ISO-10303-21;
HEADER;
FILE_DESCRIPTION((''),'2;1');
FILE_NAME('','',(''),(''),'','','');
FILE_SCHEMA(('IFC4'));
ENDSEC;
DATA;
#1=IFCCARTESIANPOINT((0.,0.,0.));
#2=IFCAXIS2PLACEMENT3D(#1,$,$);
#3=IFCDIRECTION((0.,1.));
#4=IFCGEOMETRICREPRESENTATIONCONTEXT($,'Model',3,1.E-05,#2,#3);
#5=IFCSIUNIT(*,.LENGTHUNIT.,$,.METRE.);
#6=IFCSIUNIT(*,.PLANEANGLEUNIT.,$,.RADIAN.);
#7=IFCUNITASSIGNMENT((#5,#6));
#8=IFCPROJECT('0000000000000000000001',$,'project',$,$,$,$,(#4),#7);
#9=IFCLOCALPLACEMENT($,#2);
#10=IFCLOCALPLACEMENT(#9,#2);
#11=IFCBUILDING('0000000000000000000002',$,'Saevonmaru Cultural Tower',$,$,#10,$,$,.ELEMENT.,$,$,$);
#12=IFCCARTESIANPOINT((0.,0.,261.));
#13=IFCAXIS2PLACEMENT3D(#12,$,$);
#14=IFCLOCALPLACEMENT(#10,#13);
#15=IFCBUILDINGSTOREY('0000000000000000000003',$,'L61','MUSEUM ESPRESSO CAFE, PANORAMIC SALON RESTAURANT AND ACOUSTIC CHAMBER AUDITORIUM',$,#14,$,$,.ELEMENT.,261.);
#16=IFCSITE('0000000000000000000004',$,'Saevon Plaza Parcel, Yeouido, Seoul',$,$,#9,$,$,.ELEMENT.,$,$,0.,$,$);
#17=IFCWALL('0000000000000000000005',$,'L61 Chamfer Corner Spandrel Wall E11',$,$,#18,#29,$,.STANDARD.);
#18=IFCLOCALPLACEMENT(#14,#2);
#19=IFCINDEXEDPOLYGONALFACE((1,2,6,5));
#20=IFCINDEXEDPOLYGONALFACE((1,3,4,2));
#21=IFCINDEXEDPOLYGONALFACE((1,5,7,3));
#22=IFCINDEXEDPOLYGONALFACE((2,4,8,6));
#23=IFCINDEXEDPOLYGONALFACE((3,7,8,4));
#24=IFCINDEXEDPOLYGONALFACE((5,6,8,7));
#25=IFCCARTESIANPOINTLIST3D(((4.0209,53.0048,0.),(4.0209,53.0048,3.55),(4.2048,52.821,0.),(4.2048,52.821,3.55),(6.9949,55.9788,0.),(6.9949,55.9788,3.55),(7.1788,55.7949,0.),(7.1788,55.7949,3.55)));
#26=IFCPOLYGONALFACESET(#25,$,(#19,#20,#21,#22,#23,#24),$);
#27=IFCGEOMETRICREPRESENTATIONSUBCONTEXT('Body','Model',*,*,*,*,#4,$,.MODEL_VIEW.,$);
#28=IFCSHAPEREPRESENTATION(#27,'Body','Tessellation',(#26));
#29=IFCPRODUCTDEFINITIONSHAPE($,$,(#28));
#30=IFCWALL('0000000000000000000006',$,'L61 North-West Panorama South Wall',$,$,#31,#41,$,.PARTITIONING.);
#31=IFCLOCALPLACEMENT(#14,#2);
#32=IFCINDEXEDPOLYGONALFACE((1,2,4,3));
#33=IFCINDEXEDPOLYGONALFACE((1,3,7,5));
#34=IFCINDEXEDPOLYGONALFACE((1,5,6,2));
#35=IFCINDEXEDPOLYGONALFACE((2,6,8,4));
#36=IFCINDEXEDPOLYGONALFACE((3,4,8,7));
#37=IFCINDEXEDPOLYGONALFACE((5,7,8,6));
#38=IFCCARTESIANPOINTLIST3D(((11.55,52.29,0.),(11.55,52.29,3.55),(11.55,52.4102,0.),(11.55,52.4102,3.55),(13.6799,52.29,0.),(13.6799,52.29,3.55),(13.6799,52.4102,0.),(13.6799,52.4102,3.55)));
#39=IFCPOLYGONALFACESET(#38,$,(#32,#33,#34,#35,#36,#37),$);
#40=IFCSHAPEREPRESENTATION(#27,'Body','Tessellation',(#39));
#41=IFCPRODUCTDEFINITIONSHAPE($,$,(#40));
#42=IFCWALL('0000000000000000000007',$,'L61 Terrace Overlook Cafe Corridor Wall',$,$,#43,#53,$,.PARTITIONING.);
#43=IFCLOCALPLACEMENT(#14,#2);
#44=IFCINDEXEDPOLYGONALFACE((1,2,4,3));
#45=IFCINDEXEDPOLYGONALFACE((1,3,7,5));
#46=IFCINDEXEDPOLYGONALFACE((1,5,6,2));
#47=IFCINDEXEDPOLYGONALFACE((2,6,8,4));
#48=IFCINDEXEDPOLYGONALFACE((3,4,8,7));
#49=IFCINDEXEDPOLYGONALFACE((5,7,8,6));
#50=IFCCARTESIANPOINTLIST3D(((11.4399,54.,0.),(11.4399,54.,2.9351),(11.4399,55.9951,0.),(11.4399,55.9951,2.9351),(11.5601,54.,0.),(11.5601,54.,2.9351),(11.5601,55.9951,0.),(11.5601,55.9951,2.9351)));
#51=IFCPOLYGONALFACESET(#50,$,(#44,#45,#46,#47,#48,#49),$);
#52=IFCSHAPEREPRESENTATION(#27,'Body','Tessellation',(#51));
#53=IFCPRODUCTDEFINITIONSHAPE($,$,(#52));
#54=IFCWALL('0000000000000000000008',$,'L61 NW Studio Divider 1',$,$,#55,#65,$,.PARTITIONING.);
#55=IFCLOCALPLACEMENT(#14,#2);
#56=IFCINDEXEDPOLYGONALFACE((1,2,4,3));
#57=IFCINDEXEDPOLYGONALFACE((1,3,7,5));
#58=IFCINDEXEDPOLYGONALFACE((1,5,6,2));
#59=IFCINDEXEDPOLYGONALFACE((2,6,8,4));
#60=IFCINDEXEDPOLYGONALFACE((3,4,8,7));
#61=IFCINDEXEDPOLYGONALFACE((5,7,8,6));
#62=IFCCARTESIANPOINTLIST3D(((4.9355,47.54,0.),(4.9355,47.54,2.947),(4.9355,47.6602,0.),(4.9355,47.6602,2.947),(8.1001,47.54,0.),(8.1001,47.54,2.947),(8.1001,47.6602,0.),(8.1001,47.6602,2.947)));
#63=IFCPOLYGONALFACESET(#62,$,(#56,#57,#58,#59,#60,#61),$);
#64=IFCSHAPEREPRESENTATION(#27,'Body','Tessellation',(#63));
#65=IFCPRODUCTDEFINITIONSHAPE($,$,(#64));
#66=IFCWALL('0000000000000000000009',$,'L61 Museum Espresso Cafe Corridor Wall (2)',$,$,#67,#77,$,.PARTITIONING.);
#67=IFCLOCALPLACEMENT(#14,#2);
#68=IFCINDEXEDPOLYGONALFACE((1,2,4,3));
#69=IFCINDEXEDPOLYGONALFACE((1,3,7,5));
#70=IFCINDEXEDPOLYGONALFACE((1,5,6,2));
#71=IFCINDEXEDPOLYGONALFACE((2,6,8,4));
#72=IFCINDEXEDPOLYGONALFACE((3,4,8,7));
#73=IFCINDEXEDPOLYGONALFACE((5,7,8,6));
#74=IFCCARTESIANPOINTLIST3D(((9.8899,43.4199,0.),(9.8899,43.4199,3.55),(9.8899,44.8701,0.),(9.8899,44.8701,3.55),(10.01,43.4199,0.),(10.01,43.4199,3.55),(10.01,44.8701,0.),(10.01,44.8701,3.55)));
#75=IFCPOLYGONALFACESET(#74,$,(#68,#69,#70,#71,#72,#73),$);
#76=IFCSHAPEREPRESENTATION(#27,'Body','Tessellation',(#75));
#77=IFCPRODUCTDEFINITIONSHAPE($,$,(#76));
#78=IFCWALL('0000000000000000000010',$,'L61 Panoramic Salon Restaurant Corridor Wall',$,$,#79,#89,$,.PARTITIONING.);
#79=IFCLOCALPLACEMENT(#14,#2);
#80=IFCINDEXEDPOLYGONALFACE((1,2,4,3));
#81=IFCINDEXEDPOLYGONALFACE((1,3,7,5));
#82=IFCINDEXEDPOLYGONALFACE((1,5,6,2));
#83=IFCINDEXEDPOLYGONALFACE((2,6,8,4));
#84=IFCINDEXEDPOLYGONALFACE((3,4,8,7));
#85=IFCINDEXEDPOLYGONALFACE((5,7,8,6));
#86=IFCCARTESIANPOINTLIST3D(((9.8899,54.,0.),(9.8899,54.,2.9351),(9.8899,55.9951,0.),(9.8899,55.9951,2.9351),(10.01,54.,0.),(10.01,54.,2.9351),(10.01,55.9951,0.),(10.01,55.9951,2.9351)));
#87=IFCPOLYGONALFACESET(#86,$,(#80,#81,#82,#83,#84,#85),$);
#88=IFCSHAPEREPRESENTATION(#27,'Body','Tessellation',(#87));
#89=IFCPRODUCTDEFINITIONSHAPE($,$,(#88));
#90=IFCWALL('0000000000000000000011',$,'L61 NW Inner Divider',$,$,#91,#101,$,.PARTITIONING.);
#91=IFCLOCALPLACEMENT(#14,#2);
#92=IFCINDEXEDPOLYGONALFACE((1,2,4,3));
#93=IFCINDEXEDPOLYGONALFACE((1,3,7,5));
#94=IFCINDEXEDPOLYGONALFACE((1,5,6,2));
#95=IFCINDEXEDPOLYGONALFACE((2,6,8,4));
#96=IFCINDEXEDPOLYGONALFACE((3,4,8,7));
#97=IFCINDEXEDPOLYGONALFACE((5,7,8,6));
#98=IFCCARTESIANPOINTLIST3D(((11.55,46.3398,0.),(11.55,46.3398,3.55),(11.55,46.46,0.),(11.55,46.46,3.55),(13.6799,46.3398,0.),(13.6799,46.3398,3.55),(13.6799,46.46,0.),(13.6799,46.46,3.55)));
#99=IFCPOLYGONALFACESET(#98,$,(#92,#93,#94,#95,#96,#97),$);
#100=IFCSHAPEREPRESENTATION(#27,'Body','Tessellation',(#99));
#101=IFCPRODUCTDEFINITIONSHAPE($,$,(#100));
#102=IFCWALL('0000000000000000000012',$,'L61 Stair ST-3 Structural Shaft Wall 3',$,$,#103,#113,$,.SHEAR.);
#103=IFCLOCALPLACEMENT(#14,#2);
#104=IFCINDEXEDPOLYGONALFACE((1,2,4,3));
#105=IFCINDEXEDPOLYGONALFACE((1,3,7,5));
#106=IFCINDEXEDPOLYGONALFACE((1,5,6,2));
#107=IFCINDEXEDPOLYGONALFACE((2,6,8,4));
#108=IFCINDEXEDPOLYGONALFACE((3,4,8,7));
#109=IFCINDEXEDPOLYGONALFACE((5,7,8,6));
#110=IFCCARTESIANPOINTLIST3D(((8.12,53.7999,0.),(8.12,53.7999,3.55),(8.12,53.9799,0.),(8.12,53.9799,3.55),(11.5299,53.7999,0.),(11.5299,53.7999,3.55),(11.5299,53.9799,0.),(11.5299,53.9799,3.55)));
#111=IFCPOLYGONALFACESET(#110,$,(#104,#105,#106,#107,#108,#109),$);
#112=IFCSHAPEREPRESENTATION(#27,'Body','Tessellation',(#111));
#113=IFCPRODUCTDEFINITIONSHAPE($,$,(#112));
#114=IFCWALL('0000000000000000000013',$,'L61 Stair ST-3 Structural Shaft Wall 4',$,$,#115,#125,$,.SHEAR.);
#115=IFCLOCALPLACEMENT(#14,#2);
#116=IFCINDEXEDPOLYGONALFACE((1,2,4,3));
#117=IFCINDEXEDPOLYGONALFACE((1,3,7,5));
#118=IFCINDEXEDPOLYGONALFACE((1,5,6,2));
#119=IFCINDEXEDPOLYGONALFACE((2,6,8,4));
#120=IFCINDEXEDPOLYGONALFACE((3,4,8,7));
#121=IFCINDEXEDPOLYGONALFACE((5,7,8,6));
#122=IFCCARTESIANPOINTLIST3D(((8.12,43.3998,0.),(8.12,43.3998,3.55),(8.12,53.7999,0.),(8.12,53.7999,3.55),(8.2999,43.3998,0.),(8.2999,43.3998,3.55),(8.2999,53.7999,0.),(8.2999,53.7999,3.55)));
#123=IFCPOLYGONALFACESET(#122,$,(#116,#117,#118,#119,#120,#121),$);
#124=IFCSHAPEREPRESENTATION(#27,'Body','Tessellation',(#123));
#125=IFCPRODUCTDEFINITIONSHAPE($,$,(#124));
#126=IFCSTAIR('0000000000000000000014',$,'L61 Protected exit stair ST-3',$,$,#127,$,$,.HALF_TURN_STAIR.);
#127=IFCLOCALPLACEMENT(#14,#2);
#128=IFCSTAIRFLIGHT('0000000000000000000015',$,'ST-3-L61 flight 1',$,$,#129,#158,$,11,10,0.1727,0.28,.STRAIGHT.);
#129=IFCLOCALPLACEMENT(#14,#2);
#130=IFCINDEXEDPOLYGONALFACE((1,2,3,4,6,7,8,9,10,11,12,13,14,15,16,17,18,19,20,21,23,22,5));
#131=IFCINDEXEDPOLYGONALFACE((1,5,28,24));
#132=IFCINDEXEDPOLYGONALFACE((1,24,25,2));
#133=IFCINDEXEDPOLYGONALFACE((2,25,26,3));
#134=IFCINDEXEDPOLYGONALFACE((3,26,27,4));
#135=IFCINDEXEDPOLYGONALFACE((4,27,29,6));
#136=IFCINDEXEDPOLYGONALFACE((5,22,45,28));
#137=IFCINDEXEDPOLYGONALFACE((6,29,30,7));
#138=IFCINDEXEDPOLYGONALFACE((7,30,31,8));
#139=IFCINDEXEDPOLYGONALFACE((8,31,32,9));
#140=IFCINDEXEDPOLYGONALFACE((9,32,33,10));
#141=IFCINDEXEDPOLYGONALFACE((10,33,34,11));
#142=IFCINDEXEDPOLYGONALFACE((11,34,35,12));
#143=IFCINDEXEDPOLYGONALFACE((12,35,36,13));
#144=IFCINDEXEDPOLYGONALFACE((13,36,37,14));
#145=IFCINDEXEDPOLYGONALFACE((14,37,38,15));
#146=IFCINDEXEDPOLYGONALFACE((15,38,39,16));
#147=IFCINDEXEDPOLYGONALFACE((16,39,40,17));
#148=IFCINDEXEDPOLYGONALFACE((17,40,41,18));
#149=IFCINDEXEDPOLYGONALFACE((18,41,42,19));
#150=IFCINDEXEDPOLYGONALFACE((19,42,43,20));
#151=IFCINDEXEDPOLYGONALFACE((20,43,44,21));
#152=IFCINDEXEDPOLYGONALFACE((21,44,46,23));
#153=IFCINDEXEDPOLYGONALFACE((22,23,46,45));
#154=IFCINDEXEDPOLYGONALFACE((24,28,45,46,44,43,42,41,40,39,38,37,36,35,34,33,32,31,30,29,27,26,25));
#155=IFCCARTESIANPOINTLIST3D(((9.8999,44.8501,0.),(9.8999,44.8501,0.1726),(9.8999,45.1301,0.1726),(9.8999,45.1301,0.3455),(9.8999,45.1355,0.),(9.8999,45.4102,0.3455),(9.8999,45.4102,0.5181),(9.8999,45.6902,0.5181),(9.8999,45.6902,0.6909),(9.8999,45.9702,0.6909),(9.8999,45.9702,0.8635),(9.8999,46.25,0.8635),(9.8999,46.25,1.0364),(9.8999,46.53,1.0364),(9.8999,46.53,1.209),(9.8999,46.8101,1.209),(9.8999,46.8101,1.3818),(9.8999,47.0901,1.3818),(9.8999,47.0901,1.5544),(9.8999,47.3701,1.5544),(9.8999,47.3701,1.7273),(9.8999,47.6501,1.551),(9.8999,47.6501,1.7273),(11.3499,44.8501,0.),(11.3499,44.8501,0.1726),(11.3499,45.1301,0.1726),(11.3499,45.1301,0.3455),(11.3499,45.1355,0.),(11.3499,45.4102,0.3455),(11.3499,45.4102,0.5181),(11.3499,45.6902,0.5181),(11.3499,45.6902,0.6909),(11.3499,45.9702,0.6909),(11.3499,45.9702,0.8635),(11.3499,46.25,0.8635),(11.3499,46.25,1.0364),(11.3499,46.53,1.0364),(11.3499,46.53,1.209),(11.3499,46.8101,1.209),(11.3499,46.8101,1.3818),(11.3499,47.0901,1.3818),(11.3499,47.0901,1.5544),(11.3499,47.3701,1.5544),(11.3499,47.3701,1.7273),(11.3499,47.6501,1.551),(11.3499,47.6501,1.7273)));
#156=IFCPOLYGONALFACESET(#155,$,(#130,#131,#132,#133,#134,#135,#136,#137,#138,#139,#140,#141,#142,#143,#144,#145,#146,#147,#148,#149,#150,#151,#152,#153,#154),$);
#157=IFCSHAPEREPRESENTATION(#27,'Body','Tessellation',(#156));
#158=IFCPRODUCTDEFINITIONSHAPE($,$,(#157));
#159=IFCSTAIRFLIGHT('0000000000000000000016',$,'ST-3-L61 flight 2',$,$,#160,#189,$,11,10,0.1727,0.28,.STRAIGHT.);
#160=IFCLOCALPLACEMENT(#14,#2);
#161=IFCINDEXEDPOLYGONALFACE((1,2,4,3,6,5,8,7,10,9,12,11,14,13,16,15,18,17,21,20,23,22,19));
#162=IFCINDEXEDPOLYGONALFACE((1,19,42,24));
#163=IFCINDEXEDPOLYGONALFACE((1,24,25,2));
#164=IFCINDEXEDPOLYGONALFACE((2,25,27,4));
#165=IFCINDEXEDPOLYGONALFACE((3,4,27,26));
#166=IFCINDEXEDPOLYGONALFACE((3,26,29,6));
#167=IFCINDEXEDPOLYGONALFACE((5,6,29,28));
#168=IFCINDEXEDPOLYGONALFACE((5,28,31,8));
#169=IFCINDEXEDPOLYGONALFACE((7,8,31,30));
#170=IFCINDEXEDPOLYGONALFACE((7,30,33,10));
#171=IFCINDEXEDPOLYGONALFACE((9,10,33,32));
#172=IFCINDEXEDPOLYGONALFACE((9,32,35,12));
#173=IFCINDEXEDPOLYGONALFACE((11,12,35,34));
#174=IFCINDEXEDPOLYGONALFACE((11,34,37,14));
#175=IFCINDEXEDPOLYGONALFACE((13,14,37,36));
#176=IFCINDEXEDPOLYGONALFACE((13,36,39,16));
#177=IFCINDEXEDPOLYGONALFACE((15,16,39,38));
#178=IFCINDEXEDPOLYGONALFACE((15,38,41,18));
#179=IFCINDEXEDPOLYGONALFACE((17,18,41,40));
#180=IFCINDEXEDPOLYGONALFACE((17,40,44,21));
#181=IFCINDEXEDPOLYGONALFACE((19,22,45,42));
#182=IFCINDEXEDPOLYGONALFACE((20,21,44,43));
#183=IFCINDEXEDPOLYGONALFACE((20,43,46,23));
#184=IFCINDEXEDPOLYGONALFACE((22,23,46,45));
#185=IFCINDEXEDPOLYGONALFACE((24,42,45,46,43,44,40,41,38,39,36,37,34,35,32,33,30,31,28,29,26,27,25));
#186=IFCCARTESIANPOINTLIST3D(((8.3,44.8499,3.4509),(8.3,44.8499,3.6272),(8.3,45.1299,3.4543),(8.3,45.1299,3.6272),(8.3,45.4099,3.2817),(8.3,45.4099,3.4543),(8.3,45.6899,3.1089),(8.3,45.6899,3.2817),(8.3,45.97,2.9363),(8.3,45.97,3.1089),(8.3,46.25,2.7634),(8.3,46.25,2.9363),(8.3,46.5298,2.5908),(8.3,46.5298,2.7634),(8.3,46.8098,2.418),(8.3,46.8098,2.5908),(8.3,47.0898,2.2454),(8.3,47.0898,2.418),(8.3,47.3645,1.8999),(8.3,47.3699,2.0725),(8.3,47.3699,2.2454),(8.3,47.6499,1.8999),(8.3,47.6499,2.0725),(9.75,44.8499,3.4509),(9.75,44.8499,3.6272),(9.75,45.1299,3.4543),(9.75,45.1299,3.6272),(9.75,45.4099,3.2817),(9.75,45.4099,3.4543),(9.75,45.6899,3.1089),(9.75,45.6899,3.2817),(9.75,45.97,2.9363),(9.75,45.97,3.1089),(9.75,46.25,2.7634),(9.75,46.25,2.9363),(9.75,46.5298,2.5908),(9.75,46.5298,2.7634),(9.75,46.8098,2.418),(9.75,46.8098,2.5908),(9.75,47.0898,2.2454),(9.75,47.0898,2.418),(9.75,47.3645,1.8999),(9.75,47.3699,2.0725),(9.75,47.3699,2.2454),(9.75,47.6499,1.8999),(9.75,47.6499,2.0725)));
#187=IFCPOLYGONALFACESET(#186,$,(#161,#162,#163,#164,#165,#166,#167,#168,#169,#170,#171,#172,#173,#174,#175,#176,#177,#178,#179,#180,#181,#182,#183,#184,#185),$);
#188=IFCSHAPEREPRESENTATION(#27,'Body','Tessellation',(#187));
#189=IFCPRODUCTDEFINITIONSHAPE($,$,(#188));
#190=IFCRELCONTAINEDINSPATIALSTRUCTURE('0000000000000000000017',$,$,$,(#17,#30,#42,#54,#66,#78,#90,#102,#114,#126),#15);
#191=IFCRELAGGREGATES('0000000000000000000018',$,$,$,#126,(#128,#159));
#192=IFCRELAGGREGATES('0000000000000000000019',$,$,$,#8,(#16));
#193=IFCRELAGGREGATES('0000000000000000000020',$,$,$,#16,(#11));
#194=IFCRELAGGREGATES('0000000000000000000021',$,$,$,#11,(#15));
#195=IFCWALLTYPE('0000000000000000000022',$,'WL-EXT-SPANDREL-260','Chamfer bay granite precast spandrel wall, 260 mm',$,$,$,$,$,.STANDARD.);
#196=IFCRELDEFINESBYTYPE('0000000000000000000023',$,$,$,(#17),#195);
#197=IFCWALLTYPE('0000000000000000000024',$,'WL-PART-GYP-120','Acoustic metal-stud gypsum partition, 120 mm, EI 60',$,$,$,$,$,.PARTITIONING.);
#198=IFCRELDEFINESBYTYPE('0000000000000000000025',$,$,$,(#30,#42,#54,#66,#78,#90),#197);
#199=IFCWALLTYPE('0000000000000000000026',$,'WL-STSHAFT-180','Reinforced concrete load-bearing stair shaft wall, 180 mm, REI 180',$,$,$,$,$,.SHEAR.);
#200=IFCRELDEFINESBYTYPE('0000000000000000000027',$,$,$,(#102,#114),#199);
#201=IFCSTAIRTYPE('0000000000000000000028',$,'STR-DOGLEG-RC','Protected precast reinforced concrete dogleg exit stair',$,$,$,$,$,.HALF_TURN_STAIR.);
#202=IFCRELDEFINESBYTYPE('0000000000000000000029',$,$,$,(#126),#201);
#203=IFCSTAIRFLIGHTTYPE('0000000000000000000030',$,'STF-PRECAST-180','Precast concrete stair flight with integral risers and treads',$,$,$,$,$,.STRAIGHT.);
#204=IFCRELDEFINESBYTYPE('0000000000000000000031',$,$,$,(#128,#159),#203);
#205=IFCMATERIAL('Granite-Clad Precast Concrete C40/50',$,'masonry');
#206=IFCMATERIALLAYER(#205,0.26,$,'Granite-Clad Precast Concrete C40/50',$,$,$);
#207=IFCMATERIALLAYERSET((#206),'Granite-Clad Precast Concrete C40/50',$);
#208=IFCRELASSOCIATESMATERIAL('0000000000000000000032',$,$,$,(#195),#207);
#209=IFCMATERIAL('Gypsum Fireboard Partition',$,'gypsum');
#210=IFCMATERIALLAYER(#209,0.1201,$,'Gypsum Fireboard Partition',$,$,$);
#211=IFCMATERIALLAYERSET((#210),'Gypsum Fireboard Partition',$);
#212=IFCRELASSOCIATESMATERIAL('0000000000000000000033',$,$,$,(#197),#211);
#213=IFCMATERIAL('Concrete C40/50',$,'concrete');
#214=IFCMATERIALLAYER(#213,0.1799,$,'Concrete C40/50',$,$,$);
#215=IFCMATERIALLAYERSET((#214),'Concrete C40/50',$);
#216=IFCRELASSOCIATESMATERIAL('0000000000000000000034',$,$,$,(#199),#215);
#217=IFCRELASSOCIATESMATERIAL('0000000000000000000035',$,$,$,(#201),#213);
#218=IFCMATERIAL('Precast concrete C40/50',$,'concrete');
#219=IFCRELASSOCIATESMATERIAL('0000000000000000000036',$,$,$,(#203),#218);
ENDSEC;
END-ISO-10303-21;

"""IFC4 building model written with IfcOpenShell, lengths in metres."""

from ifc_helpers import new_model, si_unit, direction, frame, frame_2d, origin, place, context, subcontext, project, spatial, polyline, rectangle, outline, extrude, material, layer, layer_set, type_object, element, aggregate, save


model = new_model("IFC4")

# Units and contexts
model_context = context("Model", 3, precision=1e-05, world=origin(), true_north=direction((0.0, 1.0)))
body_context = subcontext(model_context, "Body", "Model", "MODEL_VIEW")
ifc_project = project(units=[si_unit("LENGTHUNIT", "METRE"), si_unit("PLANEANGLEUNIT", "RADIAN")], contexts=[model_context])

# Site, building, storey
site_placement = place(None, origin())
site = spatial("IfcSite", under=ifc_project, at=site_placement, Name="Saevon Plaza Parcel, Yeouido, Seoul", CompositionType="ELEMENT", RefElevation=0.0)
building_placement = place(site_placement, origin())
building = spatial("IfcBuilding", under=site, at=building_placement, Name="Saevonmaru Cultural Tower", CompositionType="ELEMENT")
storey_placement = place(building_placement, frame((0.0, 0.0, 261.0)))
storey = spatial("IfcBuildingStorey", under=building, at=storey_placement, Name="L61", Description="MUSEUM ESPRESSO CAFE, PANORAMIC SALON RESTAURANT AND ACOUSTIC CHAMBER AUDITORIUM", CompositionType="ELEMENT", Elevation=261.0)

# Walls
ifc_material_1 = material(Name="Granite-Clad Precast Concrete C40/50", Category="masonry")
ifc_layer_1 = layer(ifc_material_1, 0.26, Name="Granite-Clad Precast Concrete C40/50")
ifc_layer_set_1 = layer_set([ifc_layer_1], Name="Granite-Clad Precast Concrete C40/50")
wall_type_1 = type_object("IfcWallType", Name="WL-EXT-SPANDREL-260", Description="Chamfer bay granite precast spandrel wall, 260 mm", PredefinedType="STANDARD", material=ifc_layer_set_1)
wall_1_placement = place(storey_placement, frame((7.0869, 55.887, 0.0), z_axis=(0.0, 0.0, 1.0), x_axis=(-0.707107, -0.707107, 0.0)))
element("IfcWall", 1, at=wall_1_placement, inside=storey, type_object=wall_type_1, Name="L61 Chamfer Corner Spandrel Wall E11", PredefinedType="STANDARD", context=body_context, shape_type="SweptSolid", body=[
    extrude(rectangle(XDim=4.2058, YDim=0.26, at=frame_2d((2.103, 0.0))), origin(), (0.0, 0.0, 1.0), 3.55),
])
ifc_material_2 = material(Name="Gypsum Fireboard Partition", Category="gypsum")
ifc_layer_2 = layer(ifc_material_2, 0.1201, Name="Gypsum Fireboard Partition")
ifc_layer_set_2 = layer_set([ifc_layer_2], Name="Gypsum Fireboard Partition")
wall_type_2 = type_object("IfcWallType", Name="WL-PART-GYP-120", Description="Acoustic metal-stud gypsum partition, 120 mm, EI 60", PredefinedType="PARTITIONING", material=ifc_layer_set_2)
wall_2_placement = place(storey_placement, frame((11.55, 52.3501, 0.0), z_axis=(0.0, 0.0, 1.0), x_axis=(1.0, 0.0, 0.0)))
element("IfcWall", 2, at=wall_2_placement, inside=storey, type_object=wall_type_2, Name="L61 North-West Panorama South Wall", PredefinedType="PARTITIONING", context=body_context, shape_type="SweptSolid", body=[
    extrude(rectangle(XDim=2.1299, YDim=0.1201, at=frame_2d((1.0649, 0.0))), origin(), (0.0, 0.0, 1.0), 3.55),
])
wall_3_placement = place(storey_placement, frame((11.5, 54.0, 0.0), z_axis=(0.0, 0.0, 1.0), x_axis=(0.0, 1.0, 0.0)))
element("IfcWall", 3, at=wall_3_placement, inside=storey, type_object=wall_type_2, Name="L61 Terrace Overlook Cafe Corridor Wall", PredefinedType="PARTITIONING", context=body_context, shape_type="SweptSolid", body=[
    extrude(rectangle(XDim=1.9951, YDim=0.1201, at=frame_2d((0.9976, 0.0))), origin(), (0.0, 0.0, 1.0), 2.9351),
])
wall_4_placement = place(storey_placement, frame((4.9355, 47.6001, 0.0), z_axis=(0.0, 0.0, 1.0), x_axis=(1.0, 0.0, 0.0)))
element("IfcWall", 4, at=wall_4_placement, inside=storey, type_object=wall_type_2, Name="L61 NW Studio Divider 1", PredefinedType="PARTITIONING", context=body_context, shape_type="SweptSolid", body=[
    extrude(rectangle(XDim=3.1646, YDim=0.1201, at=frame_2d((1.5823, 0.0))), origin(), (0.0, 0.0, 1.0), 2.947),
])
wall_5_placement = place(storey_placement, frame((9.95, 43.4199, 0.0), z_axis=(0.0, 0.0, 1.0), x_axis=(0.0, 1.0, 0.0)))
element("IfcWall", 5, at=wall_5_placement, inside=storey, type_object=wall_type_2, Name="L61 Museum Espresso Cafe Corridor Wall (2)", PredefinedType="PARTITIONING", context=body_context, shape_type="SweptSolid", body=[
    extrude(rectangle(XDim=1.4502, YDim=0.1201, at=frame_2d((0.7251, 0.0))), origin(), (0.0, 0.0, 1.0), 3.55),
])
wall_6_placement = place(storey_placement, frame((9.95, 54.0, 0.0), z_axis=(0.0, 0.0, 1.0), x_axis=(0.0, 1.0, 0.0)))
element("IfcWall", 6, at=wall_6_placement, inside=storey, type_object=wall_type_2, Name="L61 Panoramic Salon Restaurant Corridor Wall", PredefinedType="PARTITIONING", context=body_context, shape_type="SweptSolid", body=[
    extrude(rectangle(XDim=1.9951, YDim=0.1201, at=frame_2d((0.9976, 0.0))), origin(), (0.0, 0.0, 1.0), 2.9351),
])
wall_7_placement = place(storey_placement, frame((11.55, 46.3999, 0.0), z_axis=(0.0, 0.0, 1.0), x_axis=(1.0, 0.0, 0.0)))
element("IfcWall", 7, at=wall_7_placement, inside=storey, type_object=wall_type_2, Name="L61 NW Inner Divider", PredefinedType="PARTITIONING", context=body_context, shape_type="SweptSolid", body=[
    extrude(rectangle(XDim=2.1299, YDim=0.1201, at=frame_2d((1.0649, 0.0))), origin(), (0.0, 0.0, 1.0), 3.55),
])
ifc_material_3 = material(Name="Concrete C40/50", Category="concrete")
ifc_layer_3 = layer(ifc_material_3, 0.1799, Name="Concrete C40/50")
ifc_layer_set_3 = layer_set([ifc_layer_3], Name="Concrete C40/50")
wall_type_3 = type_object("IfcWallType", Name="WL-STSHAFT-180", Description="Reinforced concrete load-bearing stair shaft wall, 180 mm, REI 180", PredefinedType="SHEAR", material=ifc_layer_set_3)
wall_8_placement = place(storey_placement, frame((11.53, 53.8899, 0.0), z_axis=(0.0, 0.0, 1.0), x_axis=(-1.0, 0.0, 0.0)))
element("IfcWall", 8, at=wall_8_placement, inside=storey, type_object=wall_type_3, Name="L61 Stair ST-3 Structural Shaft Wall 3", PredefinedType="SHEAR", context=body_context, shape_type="SweptSolid", body=[
    extrude(rectangle(XDim=3.4099, YDim=0.1799, at=frame_2d((1.7051, 0.0))), origin(), (0.0, 0.0, 1.0), 3.55),
])
wall_9_placement = place(storey_placement, frame((8.21, 53.8, 0.0), z_axis=(0.0, 0.0, 1.0), x_axis=(0.0, -1.0, 0.0)))
element("IfcWall", 9, at=wall_9_placement, inside=storey, type_object=wall_type_3, Name="L61 Stair ST-3 Structural Shaft Wall 4", PredefinedType="SHEAR", context=body_context, shape_type="SweptSolid", body=[
    extrude(rectangle(XDim=10.4001, YDim=0.1799, at=frame_2d((5.2002, 0.0))), origin(), (0.0, 0.0, 1.0), 3.55),
])

# Stair, stair flights
stair_type = type_object("IfcStairType", Name="STR-DOGLEG-RC", Description="Protected precast reinforced concrete dogleg exit stair", PredefinedType="HALF_TURN_STAIR", material=ifc_material_3)
stair_placement = place(storey_placement, origin())
stair = element("IfcStair", 10, at=stair_placement, inside=storey, type_object=stair_type, Name="L61 Protected exit stair ST-3", PredefinedType="HALF_TURN_STAIR")
ifc_material_4 = material(Name="Precast concrete C40/50", Category="concrete")
stair_flight_type = type_object("IfcStairFlightType", Name="STF-PRECAST-180", Description="Precast concrete stair flight with integral risers and treads", PredefinedType="STRAIGHT", material=ifc_material_4)
stair_flight_1_placement = place(storey_placement, frame((10.625, 44.8501, 0.0), z_axis=(0.0, 0.0, 1.0), x_axis=(0.0, 1.0, 0.0)))
stair_flight_1 = element("IfcStairFlight", 11, at=stair_flight_1_placement, type_object=stair_flight_type, Name="ST-3-L61 flight 1", NumberOfRisers=11, NumberOfTreads=10, PredefinedType="STRAIGHT", RiserHeight=0.1727, TreadLength=0.28, context=body_context, shape_type="SweptSolid", body=[
    extrude(outline(polyline([(0.0, 0.0), (0.0, 0.1726), (0.28, 0.1726), (0.28, 0.3455), (0.5601, 0.3455), (0.5601, 0.5181), (0.8401, 0.5181), (0.8401, 0.6909), (1.1201, 0.6909), (1.1201, 0.8635), (1.3999, 0.8635), (1.3999, 1.0364), (1.6799, 1.0364), (1.6799, 1.209), (1.96, 1.209), (1.96, 1.3818), (2.24, 1.3818), (2.24, 1.5544), (2.52, 1.5544), (2.52, 1.7273), (2.8, 1.7273), (2.8, 1.8999), (2.8, 1.551), (0.2854, 0.0), (0.0, 0.0)])), frame((0.0, 0.7251, 0.0), z_axis=(0.0, -1.0, 0.0), x_axis=(1.0, 0.0, 0.0)), (0.0, 0.0, 1.0), 1.45),
])
stair_flight_2_placement = place(storey_placement, frame((9.0249, 47.6499, 1.8999), z_axis=(0.0, 0.0, 1.0), x_axis=(0.0, -1.0, 0.0)))
stair_flight_2 = element("IfcStairFlight", 12, at=stair_flight_2_placement, type_object=stair_flight_type, Name="ST-3-L61 flight 2", NumberOfRisers=11, NumberOfTreads=10, PredefinedType="STRAIGHT", RiserHeight=0.1727, TreadLength=0.28, context=body_context, shape_type="SweptSolid", body=[
    extrude(outline(polyline([(0.0, 0.0), (0.0, 0.1726), (0.28, 0.1726), (0.28, 0.3455), (0.5601, 0.3455), (0.5601, 0.5181), (0.8401, 0.5181), (0.8401, 0.6909), (1.1201, 0.6909), (1.1201, 0.8635), (1.3999, 0.8635), (1.3999, 1.0364), (1.6799, 1.0364), (1.6799, 1.209), (1.96, 1.209), (1.96, 1.3818), (2.24, 1.3818), (2.24, 1.5544), (2.52, 1.5544), (2.52, 1.7273), (2.8, 1.7273), (2.8, 1.8999), (2.8, 1.551), (0.2854, 0.0), (0.0, 0.0)])), frame((0.0, 0.7251, 0.0), z_axis=(0.0, -1.0, 0.0), x_axis=(1.0, 0.0, 0.0)), (0.0, 0.0, 1.0), 1.45),
])
aggregate(stair, [stair_flight_1, stair_flight_2])

save(model, "model.ifc")
